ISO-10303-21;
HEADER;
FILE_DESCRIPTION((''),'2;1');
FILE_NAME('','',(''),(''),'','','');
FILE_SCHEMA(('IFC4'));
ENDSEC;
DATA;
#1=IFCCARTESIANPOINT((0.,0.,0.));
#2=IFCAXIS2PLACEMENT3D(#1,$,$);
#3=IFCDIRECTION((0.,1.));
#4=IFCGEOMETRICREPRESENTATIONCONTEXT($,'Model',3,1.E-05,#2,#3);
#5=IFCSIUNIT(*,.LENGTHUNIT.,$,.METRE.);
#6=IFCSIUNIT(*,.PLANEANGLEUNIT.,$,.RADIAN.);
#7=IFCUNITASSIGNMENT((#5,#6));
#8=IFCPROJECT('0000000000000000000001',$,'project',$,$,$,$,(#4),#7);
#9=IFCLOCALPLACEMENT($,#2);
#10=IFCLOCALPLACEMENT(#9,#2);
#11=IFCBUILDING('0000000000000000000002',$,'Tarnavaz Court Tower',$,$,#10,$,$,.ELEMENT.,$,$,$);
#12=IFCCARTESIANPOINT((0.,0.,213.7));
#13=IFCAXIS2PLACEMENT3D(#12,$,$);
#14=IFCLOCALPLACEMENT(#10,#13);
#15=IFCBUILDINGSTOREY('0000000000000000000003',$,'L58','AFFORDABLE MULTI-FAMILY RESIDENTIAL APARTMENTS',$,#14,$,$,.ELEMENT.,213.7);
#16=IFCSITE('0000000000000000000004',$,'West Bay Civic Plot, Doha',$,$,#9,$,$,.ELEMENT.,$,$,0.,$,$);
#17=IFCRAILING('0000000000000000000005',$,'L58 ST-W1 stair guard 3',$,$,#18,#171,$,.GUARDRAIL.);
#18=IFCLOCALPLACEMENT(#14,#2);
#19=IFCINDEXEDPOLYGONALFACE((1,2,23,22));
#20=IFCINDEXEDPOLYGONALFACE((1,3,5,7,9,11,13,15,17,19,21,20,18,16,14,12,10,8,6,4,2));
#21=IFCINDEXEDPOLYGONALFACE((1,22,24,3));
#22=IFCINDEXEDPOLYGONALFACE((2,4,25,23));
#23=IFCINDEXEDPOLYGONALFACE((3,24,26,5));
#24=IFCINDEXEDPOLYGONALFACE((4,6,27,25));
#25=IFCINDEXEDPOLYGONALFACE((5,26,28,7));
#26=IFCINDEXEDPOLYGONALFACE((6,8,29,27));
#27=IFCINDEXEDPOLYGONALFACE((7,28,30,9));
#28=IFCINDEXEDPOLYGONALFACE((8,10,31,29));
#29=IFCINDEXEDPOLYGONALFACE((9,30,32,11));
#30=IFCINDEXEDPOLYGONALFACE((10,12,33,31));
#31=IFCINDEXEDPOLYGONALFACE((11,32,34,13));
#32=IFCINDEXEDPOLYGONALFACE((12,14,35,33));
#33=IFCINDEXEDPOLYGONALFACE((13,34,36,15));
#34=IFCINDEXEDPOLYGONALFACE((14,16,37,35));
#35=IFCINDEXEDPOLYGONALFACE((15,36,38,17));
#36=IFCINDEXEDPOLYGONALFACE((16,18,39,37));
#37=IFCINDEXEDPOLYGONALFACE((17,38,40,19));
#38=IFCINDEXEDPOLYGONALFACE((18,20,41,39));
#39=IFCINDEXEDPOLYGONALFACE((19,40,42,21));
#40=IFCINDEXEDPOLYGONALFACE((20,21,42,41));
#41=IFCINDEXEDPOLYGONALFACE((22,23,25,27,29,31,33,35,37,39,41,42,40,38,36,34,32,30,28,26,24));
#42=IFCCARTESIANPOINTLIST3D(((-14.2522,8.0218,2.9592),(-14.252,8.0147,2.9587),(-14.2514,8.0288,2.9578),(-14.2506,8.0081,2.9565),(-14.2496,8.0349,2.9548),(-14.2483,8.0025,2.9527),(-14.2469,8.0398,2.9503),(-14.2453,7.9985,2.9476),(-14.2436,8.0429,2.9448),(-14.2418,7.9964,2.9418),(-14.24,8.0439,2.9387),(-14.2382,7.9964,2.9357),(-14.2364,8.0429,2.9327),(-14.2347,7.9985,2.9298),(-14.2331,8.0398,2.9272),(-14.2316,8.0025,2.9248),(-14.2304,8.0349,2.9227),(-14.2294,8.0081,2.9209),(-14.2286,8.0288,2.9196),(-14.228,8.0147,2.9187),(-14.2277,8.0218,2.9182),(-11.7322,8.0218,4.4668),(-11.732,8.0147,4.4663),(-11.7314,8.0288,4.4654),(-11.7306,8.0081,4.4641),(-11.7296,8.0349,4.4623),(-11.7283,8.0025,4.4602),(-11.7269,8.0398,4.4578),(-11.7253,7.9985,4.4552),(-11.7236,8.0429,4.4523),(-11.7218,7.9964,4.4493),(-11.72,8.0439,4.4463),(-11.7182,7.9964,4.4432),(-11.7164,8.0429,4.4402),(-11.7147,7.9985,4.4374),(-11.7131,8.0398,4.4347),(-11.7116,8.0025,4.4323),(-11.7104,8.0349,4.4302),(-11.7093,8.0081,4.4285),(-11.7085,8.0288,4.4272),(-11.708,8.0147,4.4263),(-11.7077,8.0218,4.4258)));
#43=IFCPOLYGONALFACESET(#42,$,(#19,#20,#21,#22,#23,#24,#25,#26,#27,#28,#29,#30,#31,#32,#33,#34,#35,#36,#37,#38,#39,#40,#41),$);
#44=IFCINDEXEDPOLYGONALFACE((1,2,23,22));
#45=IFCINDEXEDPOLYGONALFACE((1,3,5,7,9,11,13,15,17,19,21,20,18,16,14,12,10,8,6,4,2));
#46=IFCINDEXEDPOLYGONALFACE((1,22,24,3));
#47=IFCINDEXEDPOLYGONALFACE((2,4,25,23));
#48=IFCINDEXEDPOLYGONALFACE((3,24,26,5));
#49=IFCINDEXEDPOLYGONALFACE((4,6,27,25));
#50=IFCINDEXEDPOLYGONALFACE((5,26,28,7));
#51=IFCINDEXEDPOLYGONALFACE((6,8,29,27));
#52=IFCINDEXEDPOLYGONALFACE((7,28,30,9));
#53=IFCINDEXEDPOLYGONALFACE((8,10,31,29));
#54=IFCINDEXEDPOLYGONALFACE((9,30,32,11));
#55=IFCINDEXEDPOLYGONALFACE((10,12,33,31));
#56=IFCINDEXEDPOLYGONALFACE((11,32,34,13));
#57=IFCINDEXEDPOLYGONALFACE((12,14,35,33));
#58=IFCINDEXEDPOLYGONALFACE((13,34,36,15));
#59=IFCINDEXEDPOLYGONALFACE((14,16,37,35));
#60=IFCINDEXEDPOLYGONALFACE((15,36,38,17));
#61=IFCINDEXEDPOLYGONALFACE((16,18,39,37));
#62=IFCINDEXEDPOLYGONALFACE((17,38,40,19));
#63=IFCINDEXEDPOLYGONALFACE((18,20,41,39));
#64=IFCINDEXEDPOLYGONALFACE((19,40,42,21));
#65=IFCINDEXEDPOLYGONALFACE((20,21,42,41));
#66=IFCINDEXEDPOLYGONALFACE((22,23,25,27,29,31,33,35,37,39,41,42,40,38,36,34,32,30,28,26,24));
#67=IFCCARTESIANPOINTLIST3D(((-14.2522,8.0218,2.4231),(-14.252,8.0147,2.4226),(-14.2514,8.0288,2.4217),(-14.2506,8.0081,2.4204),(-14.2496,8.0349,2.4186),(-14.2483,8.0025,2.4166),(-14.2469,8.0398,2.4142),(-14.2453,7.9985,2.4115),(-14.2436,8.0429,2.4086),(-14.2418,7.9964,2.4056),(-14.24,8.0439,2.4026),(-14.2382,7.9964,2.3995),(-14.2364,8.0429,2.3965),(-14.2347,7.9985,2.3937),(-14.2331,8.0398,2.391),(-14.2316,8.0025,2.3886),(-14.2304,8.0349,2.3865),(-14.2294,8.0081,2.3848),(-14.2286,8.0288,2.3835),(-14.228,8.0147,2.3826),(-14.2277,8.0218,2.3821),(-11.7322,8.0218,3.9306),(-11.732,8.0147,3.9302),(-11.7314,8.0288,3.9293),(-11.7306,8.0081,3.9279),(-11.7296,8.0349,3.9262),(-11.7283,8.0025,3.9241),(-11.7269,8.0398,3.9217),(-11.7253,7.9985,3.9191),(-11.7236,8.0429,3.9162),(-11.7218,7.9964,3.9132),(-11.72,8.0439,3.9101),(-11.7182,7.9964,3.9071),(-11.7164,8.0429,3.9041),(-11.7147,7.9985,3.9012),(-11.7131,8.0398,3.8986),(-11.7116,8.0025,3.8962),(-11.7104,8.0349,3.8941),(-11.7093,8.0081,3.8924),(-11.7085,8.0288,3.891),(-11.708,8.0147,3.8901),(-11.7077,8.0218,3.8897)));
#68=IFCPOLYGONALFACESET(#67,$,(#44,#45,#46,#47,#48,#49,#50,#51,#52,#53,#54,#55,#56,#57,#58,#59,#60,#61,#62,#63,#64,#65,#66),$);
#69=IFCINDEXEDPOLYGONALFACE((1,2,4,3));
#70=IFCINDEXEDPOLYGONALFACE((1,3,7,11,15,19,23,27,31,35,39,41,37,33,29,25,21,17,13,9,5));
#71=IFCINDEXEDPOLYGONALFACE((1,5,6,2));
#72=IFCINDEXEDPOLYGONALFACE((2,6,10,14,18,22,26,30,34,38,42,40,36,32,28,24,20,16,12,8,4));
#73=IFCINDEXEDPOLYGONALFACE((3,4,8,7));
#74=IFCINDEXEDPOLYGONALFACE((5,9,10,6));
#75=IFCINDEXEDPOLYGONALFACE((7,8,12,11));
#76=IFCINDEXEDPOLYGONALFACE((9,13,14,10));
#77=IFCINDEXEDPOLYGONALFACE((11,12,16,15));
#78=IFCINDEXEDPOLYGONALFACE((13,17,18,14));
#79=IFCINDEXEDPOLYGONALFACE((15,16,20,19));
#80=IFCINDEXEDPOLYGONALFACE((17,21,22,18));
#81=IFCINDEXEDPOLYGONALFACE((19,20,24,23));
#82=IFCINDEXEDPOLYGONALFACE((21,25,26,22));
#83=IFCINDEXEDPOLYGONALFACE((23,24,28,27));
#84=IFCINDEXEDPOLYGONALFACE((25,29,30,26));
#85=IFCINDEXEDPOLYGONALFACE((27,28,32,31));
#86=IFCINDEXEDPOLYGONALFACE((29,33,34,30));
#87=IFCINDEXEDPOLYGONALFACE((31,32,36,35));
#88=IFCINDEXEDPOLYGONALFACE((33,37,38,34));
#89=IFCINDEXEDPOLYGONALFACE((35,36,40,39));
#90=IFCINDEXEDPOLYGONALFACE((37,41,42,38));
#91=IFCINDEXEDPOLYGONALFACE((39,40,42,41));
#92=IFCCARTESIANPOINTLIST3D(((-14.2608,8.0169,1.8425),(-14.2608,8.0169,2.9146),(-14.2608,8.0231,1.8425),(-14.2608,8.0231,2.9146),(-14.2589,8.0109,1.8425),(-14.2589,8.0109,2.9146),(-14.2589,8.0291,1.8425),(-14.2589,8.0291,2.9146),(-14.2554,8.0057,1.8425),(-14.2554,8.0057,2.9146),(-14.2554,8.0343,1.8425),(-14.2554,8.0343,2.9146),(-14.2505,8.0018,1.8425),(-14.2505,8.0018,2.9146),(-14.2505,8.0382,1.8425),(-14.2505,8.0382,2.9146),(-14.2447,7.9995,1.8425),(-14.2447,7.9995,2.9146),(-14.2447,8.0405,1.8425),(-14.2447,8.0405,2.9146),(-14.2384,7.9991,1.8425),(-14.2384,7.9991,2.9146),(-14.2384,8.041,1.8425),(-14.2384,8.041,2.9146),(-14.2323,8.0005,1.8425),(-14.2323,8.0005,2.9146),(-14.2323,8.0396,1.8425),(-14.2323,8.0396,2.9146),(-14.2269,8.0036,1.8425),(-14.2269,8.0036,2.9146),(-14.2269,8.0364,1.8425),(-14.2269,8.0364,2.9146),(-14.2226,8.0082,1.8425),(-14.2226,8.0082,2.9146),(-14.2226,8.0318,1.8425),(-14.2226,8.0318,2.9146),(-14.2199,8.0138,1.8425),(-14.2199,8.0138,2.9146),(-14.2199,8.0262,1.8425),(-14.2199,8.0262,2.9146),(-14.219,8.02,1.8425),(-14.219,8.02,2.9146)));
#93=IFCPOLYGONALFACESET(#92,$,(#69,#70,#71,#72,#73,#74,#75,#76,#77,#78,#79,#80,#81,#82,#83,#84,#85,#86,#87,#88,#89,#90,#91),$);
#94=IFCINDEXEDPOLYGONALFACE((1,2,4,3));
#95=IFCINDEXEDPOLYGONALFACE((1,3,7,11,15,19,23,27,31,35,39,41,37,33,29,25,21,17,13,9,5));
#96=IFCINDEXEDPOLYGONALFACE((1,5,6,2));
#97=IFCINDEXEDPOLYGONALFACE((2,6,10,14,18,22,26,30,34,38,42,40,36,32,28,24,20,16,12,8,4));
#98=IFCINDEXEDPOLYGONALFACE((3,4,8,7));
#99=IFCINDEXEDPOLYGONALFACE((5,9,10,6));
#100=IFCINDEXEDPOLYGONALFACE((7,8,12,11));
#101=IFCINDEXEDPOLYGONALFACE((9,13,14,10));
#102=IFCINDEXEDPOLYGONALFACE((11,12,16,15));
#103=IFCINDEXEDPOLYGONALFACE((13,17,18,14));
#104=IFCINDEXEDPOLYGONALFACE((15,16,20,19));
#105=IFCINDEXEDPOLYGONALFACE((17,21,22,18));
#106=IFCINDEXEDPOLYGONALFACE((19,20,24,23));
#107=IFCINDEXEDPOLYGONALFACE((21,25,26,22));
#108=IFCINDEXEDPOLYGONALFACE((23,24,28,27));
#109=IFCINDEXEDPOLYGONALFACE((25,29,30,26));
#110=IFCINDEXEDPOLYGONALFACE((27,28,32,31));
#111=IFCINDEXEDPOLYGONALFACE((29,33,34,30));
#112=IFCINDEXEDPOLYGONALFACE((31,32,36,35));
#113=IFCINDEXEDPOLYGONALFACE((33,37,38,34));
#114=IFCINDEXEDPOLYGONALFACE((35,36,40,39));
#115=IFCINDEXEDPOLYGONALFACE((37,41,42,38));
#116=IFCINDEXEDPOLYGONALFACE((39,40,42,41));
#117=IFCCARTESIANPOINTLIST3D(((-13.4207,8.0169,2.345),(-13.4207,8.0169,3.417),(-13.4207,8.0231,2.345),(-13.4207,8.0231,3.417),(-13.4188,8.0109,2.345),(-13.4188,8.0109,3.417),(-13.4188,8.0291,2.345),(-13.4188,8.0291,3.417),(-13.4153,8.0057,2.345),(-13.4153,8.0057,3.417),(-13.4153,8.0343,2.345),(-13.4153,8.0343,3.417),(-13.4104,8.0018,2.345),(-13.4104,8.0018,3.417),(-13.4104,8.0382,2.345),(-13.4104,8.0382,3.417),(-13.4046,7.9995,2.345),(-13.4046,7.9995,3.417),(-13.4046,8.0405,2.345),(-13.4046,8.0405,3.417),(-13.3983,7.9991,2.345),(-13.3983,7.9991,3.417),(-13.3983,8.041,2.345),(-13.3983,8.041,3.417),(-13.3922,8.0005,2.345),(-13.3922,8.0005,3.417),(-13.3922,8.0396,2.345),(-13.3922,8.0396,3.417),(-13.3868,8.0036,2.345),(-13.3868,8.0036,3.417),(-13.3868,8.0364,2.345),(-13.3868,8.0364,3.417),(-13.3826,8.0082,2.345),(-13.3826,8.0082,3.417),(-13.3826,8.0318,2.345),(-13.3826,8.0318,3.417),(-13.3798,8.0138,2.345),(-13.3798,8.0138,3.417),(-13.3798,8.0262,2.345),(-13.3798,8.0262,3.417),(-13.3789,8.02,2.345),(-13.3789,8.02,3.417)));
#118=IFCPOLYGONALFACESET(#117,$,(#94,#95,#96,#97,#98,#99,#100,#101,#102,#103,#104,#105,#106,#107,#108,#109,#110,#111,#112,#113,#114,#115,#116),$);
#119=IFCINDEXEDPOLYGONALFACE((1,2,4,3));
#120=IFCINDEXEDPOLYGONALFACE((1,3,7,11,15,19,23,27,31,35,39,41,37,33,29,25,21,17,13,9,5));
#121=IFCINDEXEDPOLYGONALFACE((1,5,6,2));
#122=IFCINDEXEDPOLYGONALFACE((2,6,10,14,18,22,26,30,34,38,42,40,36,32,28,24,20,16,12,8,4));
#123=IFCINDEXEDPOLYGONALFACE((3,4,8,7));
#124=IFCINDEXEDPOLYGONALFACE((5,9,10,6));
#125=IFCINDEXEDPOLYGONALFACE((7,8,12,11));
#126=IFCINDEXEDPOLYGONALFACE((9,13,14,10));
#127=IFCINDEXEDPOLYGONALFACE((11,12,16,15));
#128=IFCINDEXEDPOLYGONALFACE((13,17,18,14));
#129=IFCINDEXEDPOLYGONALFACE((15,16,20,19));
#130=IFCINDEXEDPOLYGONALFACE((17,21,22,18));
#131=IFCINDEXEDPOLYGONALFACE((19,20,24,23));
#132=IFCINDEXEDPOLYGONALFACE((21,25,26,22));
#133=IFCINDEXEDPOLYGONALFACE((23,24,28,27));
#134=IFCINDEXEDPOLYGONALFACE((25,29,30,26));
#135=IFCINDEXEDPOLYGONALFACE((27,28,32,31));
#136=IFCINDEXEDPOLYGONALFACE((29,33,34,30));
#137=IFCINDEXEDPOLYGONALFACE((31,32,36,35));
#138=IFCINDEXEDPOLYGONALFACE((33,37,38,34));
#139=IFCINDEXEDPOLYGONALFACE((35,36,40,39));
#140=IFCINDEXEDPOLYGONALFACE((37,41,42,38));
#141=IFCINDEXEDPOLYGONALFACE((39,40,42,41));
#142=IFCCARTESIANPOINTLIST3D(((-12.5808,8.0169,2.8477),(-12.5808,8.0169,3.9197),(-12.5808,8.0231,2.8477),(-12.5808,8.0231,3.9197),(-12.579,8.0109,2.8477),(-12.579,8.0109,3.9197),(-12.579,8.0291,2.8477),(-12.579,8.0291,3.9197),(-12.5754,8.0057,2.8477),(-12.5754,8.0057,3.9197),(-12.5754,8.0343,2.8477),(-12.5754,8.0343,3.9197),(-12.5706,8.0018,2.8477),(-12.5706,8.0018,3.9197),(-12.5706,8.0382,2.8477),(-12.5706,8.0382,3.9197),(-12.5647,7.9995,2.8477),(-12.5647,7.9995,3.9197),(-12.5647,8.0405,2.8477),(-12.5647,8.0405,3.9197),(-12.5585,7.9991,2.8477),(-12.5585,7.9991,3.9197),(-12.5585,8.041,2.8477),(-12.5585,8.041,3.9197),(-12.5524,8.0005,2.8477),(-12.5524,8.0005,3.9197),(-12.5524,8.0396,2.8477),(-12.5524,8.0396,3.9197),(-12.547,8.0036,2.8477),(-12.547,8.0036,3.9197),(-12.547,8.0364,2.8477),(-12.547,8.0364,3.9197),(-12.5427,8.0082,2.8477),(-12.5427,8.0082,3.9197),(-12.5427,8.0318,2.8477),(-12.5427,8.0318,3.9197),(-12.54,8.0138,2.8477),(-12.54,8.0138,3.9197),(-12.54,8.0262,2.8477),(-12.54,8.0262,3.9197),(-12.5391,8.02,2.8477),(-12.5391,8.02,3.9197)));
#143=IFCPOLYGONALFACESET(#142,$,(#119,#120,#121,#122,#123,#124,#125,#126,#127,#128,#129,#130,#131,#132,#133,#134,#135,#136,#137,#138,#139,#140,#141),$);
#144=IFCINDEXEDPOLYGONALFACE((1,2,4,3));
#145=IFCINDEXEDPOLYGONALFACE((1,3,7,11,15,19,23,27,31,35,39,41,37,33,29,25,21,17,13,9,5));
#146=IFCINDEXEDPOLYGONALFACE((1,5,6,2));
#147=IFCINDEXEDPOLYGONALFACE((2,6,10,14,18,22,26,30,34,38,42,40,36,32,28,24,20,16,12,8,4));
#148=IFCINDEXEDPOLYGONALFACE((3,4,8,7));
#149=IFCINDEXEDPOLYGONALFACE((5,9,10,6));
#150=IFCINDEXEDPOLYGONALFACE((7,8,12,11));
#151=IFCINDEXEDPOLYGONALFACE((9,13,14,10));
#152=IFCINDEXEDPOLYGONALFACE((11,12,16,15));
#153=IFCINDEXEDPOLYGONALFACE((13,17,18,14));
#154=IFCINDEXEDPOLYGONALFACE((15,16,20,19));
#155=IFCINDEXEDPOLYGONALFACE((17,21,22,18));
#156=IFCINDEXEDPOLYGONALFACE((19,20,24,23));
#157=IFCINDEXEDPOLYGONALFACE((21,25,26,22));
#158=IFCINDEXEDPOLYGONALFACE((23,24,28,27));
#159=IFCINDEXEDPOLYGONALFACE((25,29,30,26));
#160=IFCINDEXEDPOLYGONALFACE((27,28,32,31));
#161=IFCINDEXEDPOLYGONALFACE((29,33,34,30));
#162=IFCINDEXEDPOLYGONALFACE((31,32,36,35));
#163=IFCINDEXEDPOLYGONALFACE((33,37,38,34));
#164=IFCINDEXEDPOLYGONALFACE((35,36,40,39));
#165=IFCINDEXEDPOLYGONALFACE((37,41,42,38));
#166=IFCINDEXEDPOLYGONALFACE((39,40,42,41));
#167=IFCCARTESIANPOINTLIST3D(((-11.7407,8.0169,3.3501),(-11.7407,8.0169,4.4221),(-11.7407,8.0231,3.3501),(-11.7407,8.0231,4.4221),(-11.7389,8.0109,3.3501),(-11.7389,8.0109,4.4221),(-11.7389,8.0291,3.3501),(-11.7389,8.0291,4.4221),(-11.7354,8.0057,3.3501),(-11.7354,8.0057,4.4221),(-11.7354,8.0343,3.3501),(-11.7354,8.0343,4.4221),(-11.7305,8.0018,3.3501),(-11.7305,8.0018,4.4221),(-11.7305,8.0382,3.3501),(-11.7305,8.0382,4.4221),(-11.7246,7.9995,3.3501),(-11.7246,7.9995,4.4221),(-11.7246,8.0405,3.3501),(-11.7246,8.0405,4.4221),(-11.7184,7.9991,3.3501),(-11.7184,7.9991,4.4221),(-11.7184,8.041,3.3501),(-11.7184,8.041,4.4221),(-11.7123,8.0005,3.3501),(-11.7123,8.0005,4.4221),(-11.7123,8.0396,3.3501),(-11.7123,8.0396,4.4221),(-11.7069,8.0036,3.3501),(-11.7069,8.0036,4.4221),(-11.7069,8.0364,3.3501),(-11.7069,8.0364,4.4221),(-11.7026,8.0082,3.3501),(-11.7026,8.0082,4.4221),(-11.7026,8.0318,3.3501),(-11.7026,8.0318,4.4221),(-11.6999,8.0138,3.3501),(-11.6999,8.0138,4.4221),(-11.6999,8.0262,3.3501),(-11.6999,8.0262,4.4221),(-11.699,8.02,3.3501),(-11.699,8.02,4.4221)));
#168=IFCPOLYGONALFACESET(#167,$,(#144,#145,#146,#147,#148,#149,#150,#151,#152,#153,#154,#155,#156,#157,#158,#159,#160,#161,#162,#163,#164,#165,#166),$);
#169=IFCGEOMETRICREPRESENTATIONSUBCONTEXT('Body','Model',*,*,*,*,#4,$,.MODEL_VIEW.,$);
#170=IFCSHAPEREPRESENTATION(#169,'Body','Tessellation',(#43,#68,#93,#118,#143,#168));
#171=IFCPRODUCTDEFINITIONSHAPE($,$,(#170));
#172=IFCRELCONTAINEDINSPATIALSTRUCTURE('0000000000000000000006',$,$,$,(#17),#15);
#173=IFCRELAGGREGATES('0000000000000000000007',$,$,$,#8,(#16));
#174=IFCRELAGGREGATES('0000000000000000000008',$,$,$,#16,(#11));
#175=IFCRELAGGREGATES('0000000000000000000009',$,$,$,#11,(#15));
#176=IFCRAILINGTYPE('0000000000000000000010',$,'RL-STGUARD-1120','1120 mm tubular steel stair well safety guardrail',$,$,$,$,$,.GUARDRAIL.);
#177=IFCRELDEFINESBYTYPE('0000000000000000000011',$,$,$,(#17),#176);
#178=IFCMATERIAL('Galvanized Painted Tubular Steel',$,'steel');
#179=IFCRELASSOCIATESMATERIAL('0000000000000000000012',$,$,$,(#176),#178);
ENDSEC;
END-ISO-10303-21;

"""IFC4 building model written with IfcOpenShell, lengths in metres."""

from ifc_helpers import new_model, si_unit, direction, frame, origin, origin_2d, place, context, subcontext, project, spatial, circle, extrude, material, type_object, element, save


model = new_model("IFC4")

# Units and contexts
model_context = context("Model", 3, precision=1e-05, world=origin(), true_north=direction((0.0, 1.0)))
body_context = subcontext(model_context, "Body", "Model", "MODEL_VIEW")
ifc_project = project(units=[si_unit("LENGTHUNIT", "METRE"), si_unit("PLANEANGLEUNIT", "RADIAN")], contexts=[model_context])

# Site, building, storey
site_placement = place(None, origin())
site = spatial("IfcSite", under=ifc_project, at=site_placement, Name="West Bay Civic Plot, Doha", CompositionType="ELEMENT", RefElevation=0.0)
building_placement = place(site_placement, origin())
building = spatial("IfcBuilding", under=site, at=building_placement, Name="Tarnavaz Court Tower", CompositionType="ELEMENT")
storey_placement = place(building_placement, frame((0.0, 0.0, 213.7)))
storey = spatial("IfcBuildingStorey", under=building, at=storey_placement, Name="L58", Description="AFFORDABLE MULTI-FAMILY RESIDENTIAL APARTMENTS", CompositionType="ELEMENT", Elevation=213.7)

# Railing
ifc_material_1 = material(Name="Galvanized Painted Tubular Steel", Category="steel")
railing_type_1 = type_object("IfcRailingType", Name="RL-STGUARD-1120", Description="1120 mm tubular steel stair well safety guardrail", PredefinedType="GUARDRAIL", material=ifc_material_1)
railing_1_placement = place(storey_placement, frame((-14.24, 8.02, 1.8425)))
element("IfcRailing", 1, at=railing_1_placement, inside=storey, type_object=railing_type_1, Name="L58 ST-W1 stair guard 3", PredefinedType="GUARDRAIL", context=body_context, shape_type="SweptSolid", body=[
    extrude(circle(Radius=0.0239, at=origin_2d()), frame((0.0, 0.0, 1.0962), z_axis=(0.85816, 0.0, 0.513383), x_axis=(0.0, 1.0, 0.0)), (0.0, 0.0, 1.0), 2.9365),
    extrude(circle(Radius=0.0239, at=origin_2d()), frame((0.0, 0.0, 0.5601), z_axis=(0.85816, 0.0, 0.513383), x_axis=(0.0, 1.0, 0.0)), (0.0, 0.0, 1.0), 2.9365),
    extrude(circle(Radius=0.021, at=origin_2d()), origin(), (0.0, 0.0, 1.0), 1.072),
    extrude(circle(Radius=0.021, at=origin_2d()), frame((0.8401, 0.0, 0.5024)), (0.0, 0.0, 1.0), 1.072),
    extrude(circle(Radius=0.021, at=origin_2d()), frame((1.6799, 0.0, 1.0051)), (0.0, 0.0, 1.0), 1.072),
    extrude(circle(Radius=0.021, at=origin_2d()), frame((2.52, 0.0, 1.5076)), (0.0, 0.0, 1.0), 1.072),
])

save(model, "model.ifc")
